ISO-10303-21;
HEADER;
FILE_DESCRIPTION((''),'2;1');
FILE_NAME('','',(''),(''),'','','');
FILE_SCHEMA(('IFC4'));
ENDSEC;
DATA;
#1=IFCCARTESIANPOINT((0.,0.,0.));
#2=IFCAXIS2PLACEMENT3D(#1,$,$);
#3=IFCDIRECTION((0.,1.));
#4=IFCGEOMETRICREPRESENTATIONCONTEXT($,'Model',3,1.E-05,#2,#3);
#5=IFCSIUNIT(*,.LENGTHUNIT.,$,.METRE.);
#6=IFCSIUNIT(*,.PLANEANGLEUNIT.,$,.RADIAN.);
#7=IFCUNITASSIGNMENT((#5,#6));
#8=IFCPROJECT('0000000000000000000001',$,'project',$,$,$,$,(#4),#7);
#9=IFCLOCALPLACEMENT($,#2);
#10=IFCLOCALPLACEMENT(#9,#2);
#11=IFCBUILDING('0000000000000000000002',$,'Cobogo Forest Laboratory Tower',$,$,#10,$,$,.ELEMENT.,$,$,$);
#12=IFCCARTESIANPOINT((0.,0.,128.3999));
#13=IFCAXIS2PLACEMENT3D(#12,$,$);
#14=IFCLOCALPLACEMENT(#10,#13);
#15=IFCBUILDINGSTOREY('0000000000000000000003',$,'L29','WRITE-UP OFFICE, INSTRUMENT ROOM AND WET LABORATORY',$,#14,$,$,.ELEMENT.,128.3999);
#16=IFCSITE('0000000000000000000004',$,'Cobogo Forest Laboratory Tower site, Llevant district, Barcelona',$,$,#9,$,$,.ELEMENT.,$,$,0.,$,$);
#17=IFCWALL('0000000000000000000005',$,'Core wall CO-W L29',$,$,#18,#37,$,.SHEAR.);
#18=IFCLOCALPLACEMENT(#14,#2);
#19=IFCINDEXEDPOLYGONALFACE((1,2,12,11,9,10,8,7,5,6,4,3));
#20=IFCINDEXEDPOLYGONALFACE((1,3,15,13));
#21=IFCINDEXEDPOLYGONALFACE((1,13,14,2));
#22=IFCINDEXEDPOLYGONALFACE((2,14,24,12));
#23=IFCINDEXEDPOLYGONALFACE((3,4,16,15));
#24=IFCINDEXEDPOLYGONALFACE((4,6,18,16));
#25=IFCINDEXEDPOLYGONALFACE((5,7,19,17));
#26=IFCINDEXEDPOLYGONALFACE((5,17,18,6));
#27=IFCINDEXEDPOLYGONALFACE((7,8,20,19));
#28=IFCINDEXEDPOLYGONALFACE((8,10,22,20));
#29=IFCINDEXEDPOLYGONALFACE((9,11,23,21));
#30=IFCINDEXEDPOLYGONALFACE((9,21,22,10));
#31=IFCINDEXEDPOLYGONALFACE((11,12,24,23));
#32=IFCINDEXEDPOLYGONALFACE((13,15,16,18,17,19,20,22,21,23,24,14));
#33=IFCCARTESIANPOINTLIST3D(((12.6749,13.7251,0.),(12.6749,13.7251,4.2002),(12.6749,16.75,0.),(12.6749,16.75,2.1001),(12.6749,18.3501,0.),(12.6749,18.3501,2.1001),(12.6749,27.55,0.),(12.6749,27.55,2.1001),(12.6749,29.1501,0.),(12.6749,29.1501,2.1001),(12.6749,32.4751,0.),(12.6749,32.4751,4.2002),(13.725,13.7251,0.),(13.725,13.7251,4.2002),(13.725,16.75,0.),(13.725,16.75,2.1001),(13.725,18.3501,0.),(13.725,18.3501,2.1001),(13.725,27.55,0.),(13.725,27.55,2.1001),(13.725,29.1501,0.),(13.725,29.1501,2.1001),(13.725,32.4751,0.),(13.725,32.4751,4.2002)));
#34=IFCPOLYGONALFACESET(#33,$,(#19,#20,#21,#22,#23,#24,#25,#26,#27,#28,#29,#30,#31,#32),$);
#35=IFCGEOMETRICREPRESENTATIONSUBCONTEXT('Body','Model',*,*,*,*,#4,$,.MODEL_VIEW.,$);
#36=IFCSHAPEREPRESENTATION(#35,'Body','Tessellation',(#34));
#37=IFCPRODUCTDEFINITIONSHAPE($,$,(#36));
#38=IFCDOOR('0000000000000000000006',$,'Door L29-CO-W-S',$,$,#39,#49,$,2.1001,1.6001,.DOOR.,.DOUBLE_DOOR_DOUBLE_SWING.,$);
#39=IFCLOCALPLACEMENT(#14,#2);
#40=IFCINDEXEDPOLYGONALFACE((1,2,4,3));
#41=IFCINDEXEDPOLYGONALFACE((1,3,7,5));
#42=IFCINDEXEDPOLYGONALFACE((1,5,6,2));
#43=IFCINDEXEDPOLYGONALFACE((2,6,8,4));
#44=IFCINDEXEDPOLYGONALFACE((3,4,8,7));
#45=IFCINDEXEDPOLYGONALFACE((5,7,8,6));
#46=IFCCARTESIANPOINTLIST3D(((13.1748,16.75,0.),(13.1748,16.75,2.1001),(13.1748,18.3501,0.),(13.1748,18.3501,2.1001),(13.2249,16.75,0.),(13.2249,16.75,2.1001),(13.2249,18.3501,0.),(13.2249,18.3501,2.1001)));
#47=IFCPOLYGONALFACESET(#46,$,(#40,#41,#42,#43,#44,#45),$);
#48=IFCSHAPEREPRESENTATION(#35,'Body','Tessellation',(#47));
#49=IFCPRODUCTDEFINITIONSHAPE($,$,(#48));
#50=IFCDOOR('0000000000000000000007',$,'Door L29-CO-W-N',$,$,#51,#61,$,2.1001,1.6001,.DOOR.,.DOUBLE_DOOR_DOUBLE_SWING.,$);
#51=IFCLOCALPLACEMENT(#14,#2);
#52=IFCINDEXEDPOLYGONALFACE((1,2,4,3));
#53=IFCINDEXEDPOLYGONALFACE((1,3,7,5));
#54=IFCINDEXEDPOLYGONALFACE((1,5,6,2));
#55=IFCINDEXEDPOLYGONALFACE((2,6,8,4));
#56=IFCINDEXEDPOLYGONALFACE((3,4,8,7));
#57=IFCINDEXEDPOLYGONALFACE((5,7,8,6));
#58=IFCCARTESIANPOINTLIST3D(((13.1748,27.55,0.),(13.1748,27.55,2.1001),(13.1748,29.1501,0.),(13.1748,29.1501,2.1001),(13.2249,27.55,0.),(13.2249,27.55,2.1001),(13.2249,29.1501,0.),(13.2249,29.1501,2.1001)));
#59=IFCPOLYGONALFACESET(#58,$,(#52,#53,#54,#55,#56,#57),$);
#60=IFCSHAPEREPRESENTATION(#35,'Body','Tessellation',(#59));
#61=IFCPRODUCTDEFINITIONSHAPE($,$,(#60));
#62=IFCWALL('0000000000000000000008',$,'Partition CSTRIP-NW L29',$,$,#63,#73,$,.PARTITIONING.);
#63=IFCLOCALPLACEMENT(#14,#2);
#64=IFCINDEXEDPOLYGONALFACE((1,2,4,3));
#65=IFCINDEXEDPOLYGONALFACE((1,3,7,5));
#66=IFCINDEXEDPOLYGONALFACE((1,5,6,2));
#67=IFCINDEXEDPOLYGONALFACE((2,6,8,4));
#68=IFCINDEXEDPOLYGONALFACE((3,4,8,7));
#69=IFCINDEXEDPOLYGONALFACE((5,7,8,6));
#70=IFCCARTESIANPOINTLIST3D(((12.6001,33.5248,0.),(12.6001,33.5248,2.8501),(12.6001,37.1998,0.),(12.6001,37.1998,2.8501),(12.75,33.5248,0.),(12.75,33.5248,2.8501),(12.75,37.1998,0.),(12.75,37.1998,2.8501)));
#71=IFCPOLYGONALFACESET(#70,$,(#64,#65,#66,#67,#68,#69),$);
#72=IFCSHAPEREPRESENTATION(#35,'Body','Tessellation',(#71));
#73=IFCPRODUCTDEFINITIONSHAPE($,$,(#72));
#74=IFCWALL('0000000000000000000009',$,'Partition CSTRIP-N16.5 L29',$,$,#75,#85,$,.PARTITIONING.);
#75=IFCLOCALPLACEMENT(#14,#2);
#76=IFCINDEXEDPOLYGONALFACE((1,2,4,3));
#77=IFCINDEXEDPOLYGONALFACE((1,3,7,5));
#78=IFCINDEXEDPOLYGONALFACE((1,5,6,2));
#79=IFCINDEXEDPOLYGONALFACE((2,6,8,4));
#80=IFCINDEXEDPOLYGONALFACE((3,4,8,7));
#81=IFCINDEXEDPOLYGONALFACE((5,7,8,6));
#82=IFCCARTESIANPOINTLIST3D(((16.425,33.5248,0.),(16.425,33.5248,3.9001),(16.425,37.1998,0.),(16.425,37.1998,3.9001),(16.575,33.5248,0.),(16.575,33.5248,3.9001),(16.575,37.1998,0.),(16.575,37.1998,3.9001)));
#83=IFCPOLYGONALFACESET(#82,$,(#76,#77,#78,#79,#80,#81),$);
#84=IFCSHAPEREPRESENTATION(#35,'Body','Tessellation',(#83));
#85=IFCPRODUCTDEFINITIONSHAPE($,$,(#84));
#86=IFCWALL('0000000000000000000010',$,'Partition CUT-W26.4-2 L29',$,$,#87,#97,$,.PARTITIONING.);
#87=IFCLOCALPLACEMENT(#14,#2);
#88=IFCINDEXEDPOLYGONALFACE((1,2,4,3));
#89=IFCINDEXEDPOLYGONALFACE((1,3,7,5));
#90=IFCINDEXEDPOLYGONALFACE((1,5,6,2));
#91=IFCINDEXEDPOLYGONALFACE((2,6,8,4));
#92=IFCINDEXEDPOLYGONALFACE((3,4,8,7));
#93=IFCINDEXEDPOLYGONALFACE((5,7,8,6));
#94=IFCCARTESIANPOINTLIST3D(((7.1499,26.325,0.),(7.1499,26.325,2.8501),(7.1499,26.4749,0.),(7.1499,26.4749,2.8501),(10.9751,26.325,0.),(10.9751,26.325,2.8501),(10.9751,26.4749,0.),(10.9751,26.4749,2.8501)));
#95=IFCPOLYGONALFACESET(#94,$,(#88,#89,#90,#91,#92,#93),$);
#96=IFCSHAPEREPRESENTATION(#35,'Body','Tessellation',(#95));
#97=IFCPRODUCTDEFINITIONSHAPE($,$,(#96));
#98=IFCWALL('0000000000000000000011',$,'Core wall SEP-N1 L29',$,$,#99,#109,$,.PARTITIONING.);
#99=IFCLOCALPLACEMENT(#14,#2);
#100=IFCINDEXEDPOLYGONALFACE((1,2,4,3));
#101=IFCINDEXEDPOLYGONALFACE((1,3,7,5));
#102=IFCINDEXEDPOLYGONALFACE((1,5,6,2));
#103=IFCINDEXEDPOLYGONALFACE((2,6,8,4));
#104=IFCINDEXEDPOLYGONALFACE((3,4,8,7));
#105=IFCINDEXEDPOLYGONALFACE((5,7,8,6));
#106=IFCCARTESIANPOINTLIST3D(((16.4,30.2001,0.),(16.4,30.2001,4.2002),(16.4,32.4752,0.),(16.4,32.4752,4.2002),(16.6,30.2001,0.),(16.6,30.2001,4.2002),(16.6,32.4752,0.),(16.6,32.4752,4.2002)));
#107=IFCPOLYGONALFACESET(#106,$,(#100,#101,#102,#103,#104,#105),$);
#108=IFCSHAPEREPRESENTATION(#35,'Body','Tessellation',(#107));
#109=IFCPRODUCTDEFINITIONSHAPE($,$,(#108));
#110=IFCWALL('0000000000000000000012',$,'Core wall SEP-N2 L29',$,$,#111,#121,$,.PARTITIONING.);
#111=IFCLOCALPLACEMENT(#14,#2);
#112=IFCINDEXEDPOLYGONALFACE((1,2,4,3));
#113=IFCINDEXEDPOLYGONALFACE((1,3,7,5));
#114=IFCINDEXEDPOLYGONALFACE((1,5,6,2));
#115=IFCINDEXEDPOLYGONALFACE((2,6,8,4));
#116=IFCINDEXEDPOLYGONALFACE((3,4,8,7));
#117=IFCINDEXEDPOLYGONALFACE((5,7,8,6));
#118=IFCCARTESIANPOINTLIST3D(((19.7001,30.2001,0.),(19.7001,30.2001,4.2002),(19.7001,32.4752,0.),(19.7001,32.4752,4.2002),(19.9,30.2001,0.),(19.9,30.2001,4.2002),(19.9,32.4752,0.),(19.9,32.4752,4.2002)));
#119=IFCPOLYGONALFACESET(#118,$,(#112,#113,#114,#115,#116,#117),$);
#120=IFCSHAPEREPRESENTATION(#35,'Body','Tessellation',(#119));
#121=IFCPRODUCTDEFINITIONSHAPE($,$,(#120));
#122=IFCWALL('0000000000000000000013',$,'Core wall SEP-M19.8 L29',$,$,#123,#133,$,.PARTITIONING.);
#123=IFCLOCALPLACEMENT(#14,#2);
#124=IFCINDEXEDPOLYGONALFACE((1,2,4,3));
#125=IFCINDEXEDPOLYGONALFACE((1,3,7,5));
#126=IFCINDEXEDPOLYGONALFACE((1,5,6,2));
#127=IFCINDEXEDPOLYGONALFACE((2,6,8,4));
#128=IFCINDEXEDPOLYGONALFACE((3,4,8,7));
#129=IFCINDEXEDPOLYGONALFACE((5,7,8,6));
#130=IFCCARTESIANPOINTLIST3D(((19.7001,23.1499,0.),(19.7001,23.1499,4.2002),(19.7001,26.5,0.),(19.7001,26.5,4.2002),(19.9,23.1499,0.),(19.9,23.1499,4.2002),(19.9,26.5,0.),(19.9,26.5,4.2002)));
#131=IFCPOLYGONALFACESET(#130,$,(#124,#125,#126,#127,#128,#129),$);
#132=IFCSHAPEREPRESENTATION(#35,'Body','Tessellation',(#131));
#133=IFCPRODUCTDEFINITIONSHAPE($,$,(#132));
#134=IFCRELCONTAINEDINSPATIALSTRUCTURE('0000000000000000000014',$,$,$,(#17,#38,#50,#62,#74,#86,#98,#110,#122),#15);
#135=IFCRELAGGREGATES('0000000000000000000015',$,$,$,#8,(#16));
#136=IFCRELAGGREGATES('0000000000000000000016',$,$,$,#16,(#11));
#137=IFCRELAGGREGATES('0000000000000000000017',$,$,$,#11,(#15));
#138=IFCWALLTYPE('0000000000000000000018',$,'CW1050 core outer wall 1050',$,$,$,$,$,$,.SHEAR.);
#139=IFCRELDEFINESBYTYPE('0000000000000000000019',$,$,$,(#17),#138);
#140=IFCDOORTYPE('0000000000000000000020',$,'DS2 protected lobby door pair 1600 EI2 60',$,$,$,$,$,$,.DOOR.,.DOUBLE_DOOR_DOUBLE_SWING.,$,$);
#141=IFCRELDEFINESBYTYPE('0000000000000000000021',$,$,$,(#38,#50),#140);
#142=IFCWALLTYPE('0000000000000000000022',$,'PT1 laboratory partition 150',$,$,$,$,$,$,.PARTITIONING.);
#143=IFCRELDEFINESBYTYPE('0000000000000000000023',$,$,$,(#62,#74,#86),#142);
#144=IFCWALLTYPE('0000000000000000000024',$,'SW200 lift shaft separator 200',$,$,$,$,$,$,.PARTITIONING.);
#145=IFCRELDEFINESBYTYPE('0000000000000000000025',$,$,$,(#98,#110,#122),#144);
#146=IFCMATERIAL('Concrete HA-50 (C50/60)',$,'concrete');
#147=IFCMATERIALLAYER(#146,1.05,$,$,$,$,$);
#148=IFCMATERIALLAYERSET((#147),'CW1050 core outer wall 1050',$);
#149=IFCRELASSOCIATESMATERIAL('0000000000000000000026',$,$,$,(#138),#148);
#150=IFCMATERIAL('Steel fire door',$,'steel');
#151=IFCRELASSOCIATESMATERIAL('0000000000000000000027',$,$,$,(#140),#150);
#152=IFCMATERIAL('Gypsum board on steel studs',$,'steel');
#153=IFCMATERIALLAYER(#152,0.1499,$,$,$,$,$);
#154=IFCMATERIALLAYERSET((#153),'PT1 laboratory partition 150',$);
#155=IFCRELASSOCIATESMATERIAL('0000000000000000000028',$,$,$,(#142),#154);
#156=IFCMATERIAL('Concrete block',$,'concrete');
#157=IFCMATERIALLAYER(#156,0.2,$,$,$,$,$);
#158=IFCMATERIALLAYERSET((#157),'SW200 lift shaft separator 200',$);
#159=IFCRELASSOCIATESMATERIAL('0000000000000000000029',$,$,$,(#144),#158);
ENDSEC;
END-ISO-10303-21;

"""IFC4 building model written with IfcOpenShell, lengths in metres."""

from ifc_helpers import new_model, si_unit, direction, frame, frame_2d, origin, place, context, subcontext, project, spatial, rectangle, extrude, material, layer, layer_set, type_object, element, fill, save


model = new_model("IFC4")

# Units and contexts
model_context = context("Model", 3, precision=1e-05, world=origin(), true_north=direction((0.0, 1.0)))
body_context = subcontext(model_context, "Body", "Model", "MODEL_VIEW")
ifc_project = project(units=[si_unit("LENGTHUNIT", "METRE"), si_unit("PLANEANGLEUNIT", "RADIAN")], contexts=[model_context])

# Site, building, storey
site_placement = place(None, origin())
site = spatial("IfcSite", under=ifc_project, at=site_placement, Name="Cobogo Forest Laboratory Tower site, Llevant district, Barcelona", CompositionType="ELEMENT", RefElevation=0.0)
building_placement = place(site_placement, origin())
building = spatial("IfcBuilding", under=site, at=building_placement, Name="Cobogo Forest Laboratory Tower", CompositionType="ELEMENT")
storey_placement = place(building_placement, frame((0.0, 0.0, 128.3999)))
storey = spatial("IfcBuildingStorey", under=building, at=storey_placement, Name="L29", Description="WRITE-UP OFFICE, INSTRUMENT ROOM AND WET LABORATORY", CompositionType="ELEMENT", Elevation=128.3999)

# Shared definitions
ifc_material_1 = material(Name="Concrete HA-50 (C50/60)", Category="concrete")

# Shared definitions
ifc_material_2 = material(Name="Steel fire door", Category="steel")

# Wall, openings, doors
ifc_layer_1 = layer(ifc_material_1, 1.05)
ifc_layer_set_1 = layer_set([ifc_layer_1], Name="CW1050 core outer wall 1050")
wall_type_1 = type_object("IfcWallType", Name="CW1050 core outer wall 1050", PredefinedType="SHEAR", material=ifc_layer_set_1)
wall_1_placement = place(storey_placement, frame((13.2, 32.4751, 0.0), z_axis=(0.0, 0.0, 1.0), x_axis=(0.0, -1.0, 0.0)))
wall_1 = element("IfcWall", 1, at=wall_1_placement, inside=storey, type_object=wall_type_1, Name="Core wall CO-W L29", PredefinedType="SHEAR", context=body_context, shape_type="SweptSolid", body=[
    extrude(rectangle(XDim=18.75, YDim=1.05, at=frame_2d((9.375, 0.0))), origin(), (0.0, 0.0, 1.0), 4.2002),
])
opening_1_placement = place(wall_1_placement, frame((14.125, 0.0, 0.0)))
opening_1 = element("IfcOpeningElement", 2, at=opening_1_placement, cuts=wall_1, PredefinedType="OPENING", context=body_context, shape_type="SweptSolid", body=[
    extrude(rectangle(XDim=1.6001, YDim=2.1001, at=frame_2d((0.8, 1.05))), frame((0.0, 0.5349, 0.0), z_axis=(0.0, -1.0, 0.0), x_axis=(1.0, 0.0, 0.0)), (0.0, 0.0, 1.0), 1.0701),
])
opening_2_placement = place(wall_1_placement, frame((3.325, 0.0, 0.0)))
opening_2 = element("IfcOpeningElement", 3, at=opening_2_placement, cuts=wall_1, PredefinedType="OPENING", context=body_context, shape_type="SweptSolid", body=[
    extrude(rectangle(XDim=1.6001, YDim=2.1001, at=frame_2d((0.8, 1.05))), frame((0.0, 0.5349, 0.0), z_axis=(0.0, -1.0, 0.0), x_axis=(1.0, 0.0, 0.0)), (0.0, 0.0, 1.0), 1.0701),
])
door_type_1 = type_object("IfcDoorType", Name="DS2 protected lobby door pair 1600 EI2 60", OperationType="DOUBLE_DOOR_DOUBLE_SWING", PredefinedType="DOOR", material=ifc_material_2)
door_1_placement = place(opening_1_placement, origin())
door_1 = element("IfcDoor", 4, at=door_1_placement, inside=storey, type_object=door_type_1, Name="Door L29-CO-W-S", OperationType="DOUBLE_DOOR_DOUBLE_SWING", OverallHeight=2.1001, OverallWidth=1.6001, PredefinedType="DOOR", context=body_context, shape_type="SweptSolid", body=[
    extrude(rectangle(XDim=1.6001, YDim=2.1001, at=frame_2d((0.8, 1.05))), frame((0.0, 0.0249, 0.0), z_axis=(0.0, -1.0, 0.0), x_axis=(1.0, 0.0, 0.0)), (0.0, 0.0, 1.0), 0.05),
])
fill(opening_1, door_1)
door_2_placement = place(opening_2_placement, origin())
door_2 = element("IfcDoor", 5, at=door_2_placement, inside=storey, type_object=door_type_1, Name="Door L29-CO-W-N", OperationType="DOUBLE_DOOR_DOUBLE_SWING", OverallHeight=2.1001, OverallWidth=1.6001, PredefinedType="DOOR", context=body_context, shape_type="SweptSolid", body=[
    extrude(rectangle(XDim=1.6001, YDim=2.1001, at=frame_2d((0.8, 1.05))), frame((0.0, 0.0249, 0.0), z_axis=(0.0, -1.0, 0.0), x_axis=(1.0, 0.0, 0.0)), (0.0, 0.0, 1.0), 0.05),
])
fill(opening_2, door_2)

# Walls
ifc_material_3 = material(Name="Gypsum board on steel studs", Category="steel")
ifc_layer_2 = layer(ifc_material_3, 0.1499)
ifc_layer_set_2 = layer_set([ifc_layer_2], Name="PT1 laboratory partition 150")
wall_type_2 = type_object("IfcWallType", Name="PT1 laboratory partition 150", PredefinedType="PARTITIONING", material=ifc_layer_set_2)
wall_2_placement = place(storey_placement, frame((12.675, 33.5249, 0.0), z_axis=(0.0, 0.0, 1.0), x_axis=(0.0, 1.0, 0.0)))
element("IfcWall", 6, at=wall_2_placement, inside=storey, type_object=wall_type_2, Name="Partition CSTRIP-NW L29", PredefinedType="PARTITIONING", context=body_context, shape_type="SweptSolid", body=[
    extrude(rectangle(XDim=3.675, YDim=0.1499, at=frame_2d((1.8374, 0.0))), origin(), (0.0, 0.0, 1.0), 2.8501),
])
wall_3_placement = place(storey_placement, frame((16.5, 33.5249, 0.0), z_axis=(0.0, 0.0, 1.0), x_axis=(0.0, 1.0, 0.0)))
element("IfcWall", 7, at=wall_3_placement, inside=storey, type_object=wall_type_2, Name="Partition CSTRIP-N16.5 L29", PredefinedType="PARTITIONING", context=body_context, shape_type="SweptSolid", body=[
    extrude(rectangle(XDim=3.675, YDim=0.1499, at=frame_2d((1.8374, 0.0))), origin(), (0.0, 0.0, 1.0), 3.9001),
])
wall_4_placement = place(storey_placement, frame((7.1499, 26.3999, 0.0), z_axis=(0.0, 0.0, 1.0), x_axis=(1.0, 0.0, 0.0)))
element("IfcWall", 8, at=wall_4_placement, inside=storey, type_object=wall_type_2, Name="Partition CUT-W26.4-2 L29", PredefinedType="PARTITIONING", context=body_context, shape_type="SweptSolid", body=[
    extrude(rectangle(XDim=3.8252, YDim=0.1499, at=frame_2d((1.9126, 0.0))), origin(), (0.0, 0.0, 1.0), 2.8501),
])
ifc_material_4 = material(Name="Concrete block", Category="concrete")
ifc_layer_3 = layer(ifc_material_4, 0.2)
ifc_layer_set_3 = layer_set([ifc_layer_3], Name="SW200 lift shaft separator 200")
wall_type_3 = type_object("IfcWallType", Name="SW200 lift shaft separator 200", PredefinedType="PARTITIONING", material=ifc_layer_set_3)
for number, where, z_axis, x_axis, name in (
    (9, (16.5, 30.2, 0.0), (0.0, 0.0, 1.0), (0.0, 1.0, 0.0), "Core wall SEP-N1 L29"),
    (10, (19.8, 30.2, 0.0), (0.0, 0.0, 1.0), (0.0, 1.0, 0.0), "Core wall SEP-N2 L29"),
):
    element("IfcWall", number, at=place(storey_placement, frame(where, z_axis=z_axis, x_axis=x_axis)), inside=storey, type_object=wall_type_3, Name=name, PredefinedType="PARTITIONING", context=body_context, shape_type="SweptSolid", body=[
        extrude(rectangle(XDim=2.2751, YDim=0.2, at=frame_2d((1.1377, 0.0))), origin(), (0.0, 0.0, 1.0), 4.2002),
    ])
wall_5_placement = place(storey_placement, frame((19.8, 23.1499, 0.0), z_axis=(0.0, 0.0, 1.0), x_axis=(0.0, 1.0, 0.0)))
element("IfcWall", 11, at=wall_5_placement, inside=storey, type_object=wall_type_3, Name="Core wall SEP-M19.8 L29", PredefinedType="PARTITIONING", context=body_context, shape_type="SweptSolid", body=[
    extrude(rectangle(XDim=3.3501, YDim=0.2, at=frame_2d((1.675, 0.0))), origin(), (0.0, 0.0, 1.0), 4.2002),
])

save(model, "model.ifc")
